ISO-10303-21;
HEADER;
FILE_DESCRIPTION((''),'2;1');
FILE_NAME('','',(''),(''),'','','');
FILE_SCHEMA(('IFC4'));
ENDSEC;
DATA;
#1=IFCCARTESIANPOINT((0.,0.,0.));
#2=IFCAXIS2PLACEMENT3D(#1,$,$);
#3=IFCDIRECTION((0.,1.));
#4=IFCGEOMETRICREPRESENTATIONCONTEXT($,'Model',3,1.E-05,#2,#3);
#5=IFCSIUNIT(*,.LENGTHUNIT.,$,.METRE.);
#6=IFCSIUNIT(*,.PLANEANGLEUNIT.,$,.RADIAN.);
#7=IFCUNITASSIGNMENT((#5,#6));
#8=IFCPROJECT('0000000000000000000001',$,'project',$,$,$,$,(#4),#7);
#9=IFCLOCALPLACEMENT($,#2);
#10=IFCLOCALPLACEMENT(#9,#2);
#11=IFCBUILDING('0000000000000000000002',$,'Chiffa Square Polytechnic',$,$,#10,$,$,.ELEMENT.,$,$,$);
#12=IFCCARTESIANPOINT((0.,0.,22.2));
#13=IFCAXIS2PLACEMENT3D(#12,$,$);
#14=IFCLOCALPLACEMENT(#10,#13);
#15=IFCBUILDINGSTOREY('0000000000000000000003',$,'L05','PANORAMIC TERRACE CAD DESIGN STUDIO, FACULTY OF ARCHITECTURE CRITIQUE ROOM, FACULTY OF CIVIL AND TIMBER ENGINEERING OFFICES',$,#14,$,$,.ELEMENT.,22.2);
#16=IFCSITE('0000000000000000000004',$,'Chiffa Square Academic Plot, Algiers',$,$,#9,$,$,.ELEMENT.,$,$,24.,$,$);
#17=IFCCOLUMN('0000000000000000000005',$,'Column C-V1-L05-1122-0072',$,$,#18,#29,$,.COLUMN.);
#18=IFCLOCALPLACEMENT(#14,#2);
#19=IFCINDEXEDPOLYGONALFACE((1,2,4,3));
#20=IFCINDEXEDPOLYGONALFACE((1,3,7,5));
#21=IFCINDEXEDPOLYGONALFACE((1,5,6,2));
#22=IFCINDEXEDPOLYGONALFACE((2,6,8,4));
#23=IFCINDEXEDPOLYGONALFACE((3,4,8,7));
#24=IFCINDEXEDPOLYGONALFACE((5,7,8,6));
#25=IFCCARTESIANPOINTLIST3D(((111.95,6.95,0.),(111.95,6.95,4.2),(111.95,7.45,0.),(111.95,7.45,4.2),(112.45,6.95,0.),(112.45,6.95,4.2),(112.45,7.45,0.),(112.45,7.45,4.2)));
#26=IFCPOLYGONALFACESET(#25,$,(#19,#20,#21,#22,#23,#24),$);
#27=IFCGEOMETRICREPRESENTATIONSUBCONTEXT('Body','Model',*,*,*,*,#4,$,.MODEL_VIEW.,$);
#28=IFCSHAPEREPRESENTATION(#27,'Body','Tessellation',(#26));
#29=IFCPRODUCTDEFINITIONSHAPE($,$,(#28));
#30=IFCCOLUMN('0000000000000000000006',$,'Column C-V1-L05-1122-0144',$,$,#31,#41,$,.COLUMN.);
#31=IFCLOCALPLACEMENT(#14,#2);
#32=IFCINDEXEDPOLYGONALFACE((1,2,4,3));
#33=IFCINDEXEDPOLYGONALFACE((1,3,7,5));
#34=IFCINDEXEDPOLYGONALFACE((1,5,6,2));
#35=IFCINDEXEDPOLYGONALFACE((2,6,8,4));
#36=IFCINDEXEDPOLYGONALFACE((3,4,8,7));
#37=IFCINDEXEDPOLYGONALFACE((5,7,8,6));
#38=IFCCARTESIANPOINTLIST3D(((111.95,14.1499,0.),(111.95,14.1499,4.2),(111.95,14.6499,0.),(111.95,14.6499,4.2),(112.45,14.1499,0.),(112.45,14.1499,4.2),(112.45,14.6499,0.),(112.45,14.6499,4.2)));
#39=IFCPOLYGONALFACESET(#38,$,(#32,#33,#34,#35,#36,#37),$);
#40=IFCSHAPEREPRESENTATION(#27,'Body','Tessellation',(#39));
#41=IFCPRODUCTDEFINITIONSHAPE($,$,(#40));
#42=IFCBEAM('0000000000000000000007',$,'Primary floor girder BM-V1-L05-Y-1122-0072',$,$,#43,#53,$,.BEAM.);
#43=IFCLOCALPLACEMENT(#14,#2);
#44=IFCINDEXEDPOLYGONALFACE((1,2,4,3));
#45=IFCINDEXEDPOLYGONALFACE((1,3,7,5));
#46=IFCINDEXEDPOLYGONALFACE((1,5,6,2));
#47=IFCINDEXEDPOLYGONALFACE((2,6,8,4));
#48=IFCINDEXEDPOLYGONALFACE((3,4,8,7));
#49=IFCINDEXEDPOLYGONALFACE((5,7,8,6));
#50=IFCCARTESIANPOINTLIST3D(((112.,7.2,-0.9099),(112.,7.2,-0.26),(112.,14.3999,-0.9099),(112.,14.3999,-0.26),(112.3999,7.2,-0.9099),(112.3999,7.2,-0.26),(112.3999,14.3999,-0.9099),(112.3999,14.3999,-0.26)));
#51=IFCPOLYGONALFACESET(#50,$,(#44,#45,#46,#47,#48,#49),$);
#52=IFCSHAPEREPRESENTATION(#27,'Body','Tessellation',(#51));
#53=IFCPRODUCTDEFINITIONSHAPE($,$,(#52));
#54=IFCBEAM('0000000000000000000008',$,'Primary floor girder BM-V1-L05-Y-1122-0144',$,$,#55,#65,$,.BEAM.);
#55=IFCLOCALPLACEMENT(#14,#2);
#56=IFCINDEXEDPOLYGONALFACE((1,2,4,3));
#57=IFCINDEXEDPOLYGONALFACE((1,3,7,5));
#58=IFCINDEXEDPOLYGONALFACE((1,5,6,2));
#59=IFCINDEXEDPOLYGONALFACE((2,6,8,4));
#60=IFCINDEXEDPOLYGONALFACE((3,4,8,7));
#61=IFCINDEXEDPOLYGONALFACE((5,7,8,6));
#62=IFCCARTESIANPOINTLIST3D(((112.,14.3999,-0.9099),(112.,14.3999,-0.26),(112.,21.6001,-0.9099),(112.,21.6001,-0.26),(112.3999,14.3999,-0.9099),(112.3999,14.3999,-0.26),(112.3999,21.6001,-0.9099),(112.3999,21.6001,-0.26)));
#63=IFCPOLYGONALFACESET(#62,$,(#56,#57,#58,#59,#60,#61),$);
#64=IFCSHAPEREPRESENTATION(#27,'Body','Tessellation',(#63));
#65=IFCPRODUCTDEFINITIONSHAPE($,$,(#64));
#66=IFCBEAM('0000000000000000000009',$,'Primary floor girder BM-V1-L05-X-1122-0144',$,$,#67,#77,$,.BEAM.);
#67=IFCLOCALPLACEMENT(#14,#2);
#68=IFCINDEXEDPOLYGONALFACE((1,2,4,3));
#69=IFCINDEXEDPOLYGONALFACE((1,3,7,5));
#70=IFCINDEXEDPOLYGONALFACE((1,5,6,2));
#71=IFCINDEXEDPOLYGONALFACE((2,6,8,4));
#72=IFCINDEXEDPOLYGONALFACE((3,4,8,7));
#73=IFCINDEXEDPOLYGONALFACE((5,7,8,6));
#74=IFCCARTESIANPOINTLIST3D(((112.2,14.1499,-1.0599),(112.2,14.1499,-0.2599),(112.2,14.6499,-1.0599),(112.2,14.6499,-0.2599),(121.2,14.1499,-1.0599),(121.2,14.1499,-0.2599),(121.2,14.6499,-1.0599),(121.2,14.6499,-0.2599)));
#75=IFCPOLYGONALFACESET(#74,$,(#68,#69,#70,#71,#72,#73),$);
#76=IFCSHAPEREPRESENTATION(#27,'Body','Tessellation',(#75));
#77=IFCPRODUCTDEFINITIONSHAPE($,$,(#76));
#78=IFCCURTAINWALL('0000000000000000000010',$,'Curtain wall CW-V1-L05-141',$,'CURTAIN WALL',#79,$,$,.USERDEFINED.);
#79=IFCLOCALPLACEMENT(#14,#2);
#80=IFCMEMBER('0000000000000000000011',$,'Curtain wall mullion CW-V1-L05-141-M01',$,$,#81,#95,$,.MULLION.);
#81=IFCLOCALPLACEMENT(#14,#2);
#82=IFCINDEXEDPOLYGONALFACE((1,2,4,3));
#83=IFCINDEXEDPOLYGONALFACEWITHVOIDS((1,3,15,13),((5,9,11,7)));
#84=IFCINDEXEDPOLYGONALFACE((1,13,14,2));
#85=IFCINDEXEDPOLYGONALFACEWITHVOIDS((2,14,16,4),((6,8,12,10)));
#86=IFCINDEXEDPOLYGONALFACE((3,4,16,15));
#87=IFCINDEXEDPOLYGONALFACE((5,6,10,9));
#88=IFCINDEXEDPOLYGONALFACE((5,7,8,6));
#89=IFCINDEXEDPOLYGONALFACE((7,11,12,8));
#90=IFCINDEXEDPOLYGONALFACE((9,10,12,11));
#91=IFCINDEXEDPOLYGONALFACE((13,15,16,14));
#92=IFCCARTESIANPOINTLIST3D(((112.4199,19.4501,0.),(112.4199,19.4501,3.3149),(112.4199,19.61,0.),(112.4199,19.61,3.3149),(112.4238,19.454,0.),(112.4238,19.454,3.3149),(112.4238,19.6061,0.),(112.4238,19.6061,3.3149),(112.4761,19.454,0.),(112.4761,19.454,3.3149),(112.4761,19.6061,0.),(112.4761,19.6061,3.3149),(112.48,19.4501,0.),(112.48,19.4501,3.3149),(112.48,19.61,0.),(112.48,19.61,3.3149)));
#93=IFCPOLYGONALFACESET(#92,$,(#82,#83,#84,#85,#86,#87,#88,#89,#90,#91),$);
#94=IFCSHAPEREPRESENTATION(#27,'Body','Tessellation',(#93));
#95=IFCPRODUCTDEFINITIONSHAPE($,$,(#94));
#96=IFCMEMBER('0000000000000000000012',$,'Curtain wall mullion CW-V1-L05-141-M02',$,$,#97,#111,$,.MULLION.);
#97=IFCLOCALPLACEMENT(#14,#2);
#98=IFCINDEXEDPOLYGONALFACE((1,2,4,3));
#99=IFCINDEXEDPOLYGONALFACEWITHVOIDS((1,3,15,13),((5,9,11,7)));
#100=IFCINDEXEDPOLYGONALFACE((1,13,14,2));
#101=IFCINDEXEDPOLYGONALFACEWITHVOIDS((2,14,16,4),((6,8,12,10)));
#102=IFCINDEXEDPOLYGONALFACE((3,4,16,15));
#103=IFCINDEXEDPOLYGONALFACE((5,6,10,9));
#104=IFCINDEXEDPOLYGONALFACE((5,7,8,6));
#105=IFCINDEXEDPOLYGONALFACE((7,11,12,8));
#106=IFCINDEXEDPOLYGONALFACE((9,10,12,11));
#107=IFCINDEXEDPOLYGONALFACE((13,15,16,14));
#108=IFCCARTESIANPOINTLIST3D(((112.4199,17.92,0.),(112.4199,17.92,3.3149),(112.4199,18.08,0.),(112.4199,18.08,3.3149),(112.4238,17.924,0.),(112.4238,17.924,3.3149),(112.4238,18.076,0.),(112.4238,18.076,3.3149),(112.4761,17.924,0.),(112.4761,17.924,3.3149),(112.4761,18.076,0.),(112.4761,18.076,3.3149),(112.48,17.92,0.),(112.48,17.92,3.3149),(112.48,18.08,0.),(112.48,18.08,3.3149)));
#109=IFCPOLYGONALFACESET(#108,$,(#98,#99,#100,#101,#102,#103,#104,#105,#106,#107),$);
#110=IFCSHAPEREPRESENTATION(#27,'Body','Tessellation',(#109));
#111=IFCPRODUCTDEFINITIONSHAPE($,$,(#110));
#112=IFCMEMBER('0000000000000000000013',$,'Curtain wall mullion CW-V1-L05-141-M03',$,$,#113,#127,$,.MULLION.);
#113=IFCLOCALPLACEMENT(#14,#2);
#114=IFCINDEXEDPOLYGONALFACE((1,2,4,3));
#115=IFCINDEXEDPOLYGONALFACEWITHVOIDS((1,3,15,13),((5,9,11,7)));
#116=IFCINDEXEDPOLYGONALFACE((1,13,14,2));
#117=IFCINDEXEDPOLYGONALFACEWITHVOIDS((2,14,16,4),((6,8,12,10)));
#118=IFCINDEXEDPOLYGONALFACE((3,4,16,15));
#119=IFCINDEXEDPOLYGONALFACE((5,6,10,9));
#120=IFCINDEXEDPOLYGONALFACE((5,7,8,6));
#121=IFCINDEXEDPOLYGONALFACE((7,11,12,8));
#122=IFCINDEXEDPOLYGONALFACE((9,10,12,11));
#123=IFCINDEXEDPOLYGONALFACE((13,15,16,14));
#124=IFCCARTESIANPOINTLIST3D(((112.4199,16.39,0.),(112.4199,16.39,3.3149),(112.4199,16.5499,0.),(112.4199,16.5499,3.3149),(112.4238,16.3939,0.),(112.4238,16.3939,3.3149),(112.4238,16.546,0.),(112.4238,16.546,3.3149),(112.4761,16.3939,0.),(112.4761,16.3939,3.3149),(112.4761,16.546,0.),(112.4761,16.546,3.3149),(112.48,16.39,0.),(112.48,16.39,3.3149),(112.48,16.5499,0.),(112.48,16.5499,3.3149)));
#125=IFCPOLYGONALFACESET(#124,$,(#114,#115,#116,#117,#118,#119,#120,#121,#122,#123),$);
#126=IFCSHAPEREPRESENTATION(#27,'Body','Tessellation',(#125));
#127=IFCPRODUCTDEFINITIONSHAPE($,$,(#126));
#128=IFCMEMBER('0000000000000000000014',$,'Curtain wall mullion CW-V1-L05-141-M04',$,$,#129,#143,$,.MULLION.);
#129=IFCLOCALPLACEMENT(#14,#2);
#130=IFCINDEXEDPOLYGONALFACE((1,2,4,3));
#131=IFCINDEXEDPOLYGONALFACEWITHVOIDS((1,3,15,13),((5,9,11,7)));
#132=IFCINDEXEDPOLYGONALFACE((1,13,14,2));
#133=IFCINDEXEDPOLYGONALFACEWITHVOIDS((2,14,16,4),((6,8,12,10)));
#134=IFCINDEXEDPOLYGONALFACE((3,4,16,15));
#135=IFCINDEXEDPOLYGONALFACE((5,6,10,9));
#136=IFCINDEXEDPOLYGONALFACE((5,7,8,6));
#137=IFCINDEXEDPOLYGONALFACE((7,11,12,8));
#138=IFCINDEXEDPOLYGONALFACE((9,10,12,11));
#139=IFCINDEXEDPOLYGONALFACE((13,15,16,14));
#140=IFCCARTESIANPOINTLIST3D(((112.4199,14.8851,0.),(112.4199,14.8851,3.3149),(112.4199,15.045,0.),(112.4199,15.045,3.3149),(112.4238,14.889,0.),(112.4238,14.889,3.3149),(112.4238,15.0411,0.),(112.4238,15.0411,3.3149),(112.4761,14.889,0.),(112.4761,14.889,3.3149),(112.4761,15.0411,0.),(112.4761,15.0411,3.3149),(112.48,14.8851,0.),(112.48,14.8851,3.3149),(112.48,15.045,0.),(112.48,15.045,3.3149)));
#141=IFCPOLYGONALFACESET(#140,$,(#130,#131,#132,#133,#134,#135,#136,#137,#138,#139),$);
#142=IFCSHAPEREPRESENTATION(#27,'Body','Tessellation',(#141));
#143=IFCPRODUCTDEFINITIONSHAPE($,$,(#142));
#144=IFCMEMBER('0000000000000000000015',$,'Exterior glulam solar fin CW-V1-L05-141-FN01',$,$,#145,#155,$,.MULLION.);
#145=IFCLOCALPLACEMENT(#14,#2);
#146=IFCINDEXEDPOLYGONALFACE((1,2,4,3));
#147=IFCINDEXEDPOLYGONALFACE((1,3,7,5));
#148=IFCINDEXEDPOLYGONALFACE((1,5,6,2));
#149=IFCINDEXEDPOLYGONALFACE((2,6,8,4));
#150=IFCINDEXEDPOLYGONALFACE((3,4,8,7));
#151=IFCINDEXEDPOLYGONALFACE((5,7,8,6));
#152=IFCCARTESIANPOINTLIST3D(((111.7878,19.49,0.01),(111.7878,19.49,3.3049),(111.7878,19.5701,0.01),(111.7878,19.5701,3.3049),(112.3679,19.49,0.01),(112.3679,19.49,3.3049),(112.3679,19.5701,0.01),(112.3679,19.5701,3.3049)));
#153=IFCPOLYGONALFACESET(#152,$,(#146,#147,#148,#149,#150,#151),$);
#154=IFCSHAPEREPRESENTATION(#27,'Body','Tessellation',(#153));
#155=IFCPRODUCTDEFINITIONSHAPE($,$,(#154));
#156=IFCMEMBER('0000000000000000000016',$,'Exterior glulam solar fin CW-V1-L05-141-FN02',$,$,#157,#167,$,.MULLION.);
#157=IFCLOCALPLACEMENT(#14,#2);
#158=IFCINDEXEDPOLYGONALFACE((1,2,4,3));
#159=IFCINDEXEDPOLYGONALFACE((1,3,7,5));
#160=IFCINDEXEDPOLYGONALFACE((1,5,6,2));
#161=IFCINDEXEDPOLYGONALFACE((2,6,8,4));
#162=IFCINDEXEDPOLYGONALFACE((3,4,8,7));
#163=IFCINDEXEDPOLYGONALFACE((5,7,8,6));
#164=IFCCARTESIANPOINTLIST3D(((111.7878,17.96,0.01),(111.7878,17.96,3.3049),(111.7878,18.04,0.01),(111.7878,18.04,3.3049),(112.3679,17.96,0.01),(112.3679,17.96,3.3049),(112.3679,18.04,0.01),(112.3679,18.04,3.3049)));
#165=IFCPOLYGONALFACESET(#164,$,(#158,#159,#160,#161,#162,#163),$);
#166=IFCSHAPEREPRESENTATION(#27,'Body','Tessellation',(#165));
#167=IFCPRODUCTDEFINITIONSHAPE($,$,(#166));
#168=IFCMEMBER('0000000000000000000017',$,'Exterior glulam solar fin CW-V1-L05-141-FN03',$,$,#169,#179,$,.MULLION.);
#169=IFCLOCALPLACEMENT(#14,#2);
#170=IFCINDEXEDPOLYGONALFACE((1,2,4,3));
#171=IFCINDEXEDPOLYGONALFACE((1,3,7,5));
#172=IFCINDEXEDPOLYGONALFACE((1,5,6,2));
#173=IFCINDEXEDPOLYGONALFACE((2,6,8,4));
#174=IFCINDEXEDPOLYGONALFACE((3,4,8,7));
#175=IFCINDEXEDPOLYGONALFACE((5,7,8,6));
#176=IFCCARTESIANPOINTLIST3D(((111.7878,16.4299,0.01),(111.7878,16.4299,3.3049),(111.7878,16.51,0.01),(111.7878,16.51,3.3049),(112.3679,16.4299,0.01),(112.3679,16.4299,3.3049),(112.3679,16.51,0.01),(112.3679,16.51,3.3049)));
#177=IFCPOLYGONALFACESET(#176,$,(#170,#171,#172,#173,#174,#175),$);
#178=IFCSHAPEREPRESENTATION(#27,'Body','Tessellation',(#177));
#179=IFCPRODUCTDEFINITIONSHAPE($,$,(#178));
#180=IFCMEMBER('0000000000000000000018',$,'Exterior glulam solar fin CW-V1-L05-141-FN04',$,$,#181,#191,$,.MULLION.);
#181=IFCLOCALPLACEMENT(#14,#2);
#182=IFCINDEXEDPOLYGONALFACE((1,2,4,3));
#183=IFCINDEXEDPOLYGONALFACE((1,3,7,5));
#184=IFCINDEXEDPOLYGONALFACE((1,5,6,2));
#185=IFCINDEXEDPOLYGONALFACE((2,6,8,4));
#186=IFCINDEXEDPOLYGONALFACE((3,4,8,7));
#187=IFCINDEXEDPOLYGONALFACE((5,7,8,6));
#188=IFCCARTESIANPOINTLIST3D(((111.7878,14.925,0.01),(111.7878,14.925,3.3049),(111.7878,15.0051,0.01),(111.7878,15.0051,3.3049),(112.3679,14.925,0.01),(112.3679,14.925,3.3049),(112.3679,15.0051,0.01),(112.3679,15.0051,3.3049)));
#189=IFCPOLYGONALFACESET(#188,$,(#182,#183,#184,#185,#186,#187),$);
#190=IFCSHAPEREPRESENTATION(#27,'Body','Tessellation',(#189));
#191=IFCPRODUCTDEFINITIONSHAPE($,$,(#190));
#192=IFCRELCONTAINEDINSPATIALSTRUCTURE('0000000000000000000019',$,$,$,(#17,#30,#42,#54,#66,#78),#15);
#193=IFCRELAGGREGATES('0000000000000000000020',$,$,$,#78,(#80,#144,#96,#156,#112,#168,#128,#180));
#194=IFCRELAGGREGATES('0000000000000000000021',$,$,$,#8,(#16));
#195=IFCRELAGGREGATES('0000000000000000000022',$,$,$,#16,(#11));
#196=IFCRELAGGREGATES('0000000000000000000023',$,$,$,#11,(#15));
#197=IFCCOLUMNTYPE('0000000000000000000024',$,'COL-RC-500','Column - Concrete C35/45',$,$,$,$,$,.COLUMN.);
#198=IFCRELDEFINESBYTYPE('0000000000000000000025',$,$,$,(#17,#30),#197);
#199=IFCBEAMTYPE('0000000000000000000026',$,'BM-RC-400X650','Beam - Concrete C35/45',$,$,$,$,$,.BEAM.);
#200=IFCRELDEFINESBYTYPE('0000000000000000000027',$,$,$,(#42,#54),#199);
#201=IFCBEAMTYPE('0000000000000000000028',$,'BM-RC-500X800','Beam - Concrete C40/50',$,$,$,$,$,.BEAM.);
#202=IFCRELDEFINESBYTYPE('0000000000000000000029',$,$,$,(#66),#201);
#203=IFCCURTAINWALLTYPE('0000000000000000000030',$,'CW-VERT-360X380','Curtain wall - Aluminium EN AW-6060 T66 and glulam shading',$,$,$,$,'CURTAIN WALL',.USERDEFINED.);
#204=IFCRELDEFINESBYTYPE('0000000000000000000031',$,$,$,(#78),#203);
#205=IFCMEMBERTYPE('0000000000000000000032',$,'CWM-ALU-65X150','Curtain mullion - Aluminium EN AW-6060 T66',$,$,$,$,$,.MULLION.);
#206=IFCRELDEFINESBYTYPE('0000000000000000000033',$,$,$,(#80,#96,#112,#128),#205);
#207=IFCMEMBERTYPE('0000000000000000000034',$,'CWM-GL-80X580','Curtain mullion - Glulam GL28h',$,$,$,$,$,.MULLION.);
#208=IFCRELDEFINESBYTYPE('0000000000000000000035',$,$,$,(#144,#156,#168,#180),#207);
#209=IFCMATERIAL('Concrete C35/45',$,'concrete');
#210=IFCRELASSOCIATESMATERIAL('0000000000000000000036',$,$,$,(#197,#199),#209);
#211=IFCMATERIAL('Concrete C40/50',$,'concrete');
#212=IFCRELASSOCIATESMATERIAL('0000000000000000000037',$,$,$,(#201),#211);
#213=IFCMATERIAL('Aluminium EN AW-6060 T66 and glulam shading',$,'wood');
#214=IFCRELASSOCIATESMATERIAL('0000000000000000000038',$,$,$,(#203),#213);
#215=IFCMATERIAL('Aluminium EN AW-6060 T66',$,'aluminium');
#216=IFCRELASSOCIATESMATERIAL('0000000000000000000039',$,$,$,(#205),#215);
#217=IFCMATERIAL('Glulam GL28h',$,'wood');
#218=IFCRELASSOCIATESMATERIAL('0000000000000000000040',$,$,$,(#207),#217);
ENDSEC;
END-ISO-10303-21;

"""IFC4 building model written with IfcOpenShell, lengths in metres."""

from ifc_helpers import new_model, si_unit, direction, frame, origin, origin_2d, place, context, subcontext, project, spatial, rectangle, hollow_rectangle, extrude, material, material_profile, profile_set, type_object, element, aggregate, save


model = new_model("IFC4")

# Units and contexts
model_context = context("Model", 3, precision=1e-05, world=origin(), true_north=direction((0.0, 1.0)))
body_context = subcontext(model_context, "Body", "Model", "MODEL_VIEW")
ifc_project = project(units=[si_unit("LENGTHUNIT", "METRE"), si_unit("PLANEANGLEUNIT", "RADIAN")], contexts=[model_context])

# Site, building, storey
site_placement = place(None, origin())
site = spatial("IfcSite", under=ifc_project, at=site_placement, Name="Chiffa Square Academic Plot, Algiers", CompositionType="ELEMENT", RefElevation=24.0)
building_placement = place(site_placement, origin())
building = spatial("IfcBuilding", under=site, at=building_placement, Name="Chiffa Square Polytechnic", CompositionType="ELEMENT")
storey_placement = place(building_placement, frame((0.0, 0.0, 22.2)))
storey = spatial("IfcBuildingStorey", under=building, at=storey_placement, Name="L05", Description="PANORAMIC TERRACE CAD DESIGN STUDIO, FACULTY OF ARCHITECTURE CRITIQUE ROOM, FACULTY OF CIVIL AND TIMBER ENGINEERING OFFICES", CompositionType="ELEMENT", Elevation=22.2)

# Columns
ifc_material_1 = material(Name="Concrete C35/45", Category="concrete")
ifc_material_profile_1 = material_profile(ifc_material_1, rectangle(XDim=0.5, YDim=0.5, at=origin_2d()), Name="RC 500x500")
ifc_profile_set_1 = profile_set([ifc_material_profile_1], Name="Concrete C35/45")
column_type = type_object("IfcColumnType", Name="COL-RC-500", Description="Column - Concrete C35/45", PredefinedType="COLUMN", material=ifc_profile_set_1)
for number, where, z_axis, x_axis, name in (
    (1, (112.2, 7.2, 0.0), (0.0, 0.0, 1.0), (1.0, 0.0, 0.0), "Column C-V1-L05-1122-0072"),
    (2, (112.2, 14.3999, 0.0), (0.0, 0.0, 1.0), (1.0, 0.0, 0.0), "Column C-V1-L05-1122-0144"),
):
    element("IfcColumn", number, at=place(storey_placement, frame(where, z_axis=z_axis, x_axis=x_axis)), inside=storey, type_object=column_type, Name=name, PredefinedType="COLUMN", context=body_context, shape_type="SweptSolid", body=[
        extrude(rectangle(XDim=0.5, YDim=0.5, at=origin_2d()), origin(), (0.0, 0.0, 1.0), 4.2),
    ])

# Beams
ifc_material_profile_2 = material_profile(ifc_material_1, rectangle(XDim=0.3999, YDim=0.6499, at=origin_2d()), Name="RC 400x650")
ifc_profile_set_2 = profile_set([ifc_material_profile_2], Name="Concrete C35/45")
beam_type_1 = type_object("IfcBeamType", Name="BM-RC-400X650", Description="Beam - Concrete C35/45", PredefinedType="BEAM", material=ifc_profile_set_2)
beam_1_placement = place(storey_placement, frame((112.2, 7.2, -0.585), z_axis=(0.0, 1.0, 0.0), x_axis=(-1.0, 0.0, 0.0)))
element("IfcBeam", 3, at=beam_1_placement, inside=storey, type_object=beam_type_1, Name="Primary floor girder BM-V1-L05-Y-1122-0072", PredefinedType="BEAM", context=body_context, shape_type="SweptSolid", body=[
    extrude(rectangle(XDim=0.3999, YDim=0.6499, at=origin_2d()), origin(), (0.0, 0.0, 1.0), 7.2),
])
beam_2_placement = place(storey_placement, frame((112.2, 14.3999, -0.585), z_axis=(0.0, 1.0, 0.0), x_axis=(-1.0, 0.0, 0.0)))
element("IfcBeam", 4, at=beam_2_placement, inside=storey, type_object=beam_type_1, Name="Primary floor girder BM-V1-L05-Y-1122-0144", PredefinedType="BEAM", context=body_context, shape_type="SweptSolid", body=[
    extrude(rectangle(XDim=0.3999, YDim=0.6499, at=origin_2d()), origin(), (0.0, 0.0, 1.0), 7.2002),
])
ifc_material_2 = material(Name="Concrete C40/50", Category="concrete")
ifc_material_profile_3 = material_profile(ifc_material_2, rectangle(XDim=0.5, YDim=0.8, at=origin_2d()), Name="RC 500x800")
ifc_profile_set_3 = profile_set([ifc_material_profile_3], Name="Concrete C40/50")
beam_type_2 = type_object("IfcBeamType", Name="BM-RC-500X800", Description="Beam - Concrete C40/50", PredefinedType="BEAM", material=ifc_profile_set_3)
beam_3_placement = place(storey_placement, frame((112.2, 14.3999, -0.6599), z_axis=(1.0, 0.0, 0.0), x_axis=(0.0, 1.0, 0.0)))
element("IfcBeam", 5, at=beam_3_placement, inside=storey, type_object=beam_type_2, Name="Primary floor girder BM-V1-L05-X-1122-0144", PredefinedType="BEAM", context=body_context, shape_type="SweptSolid", body=[
    extrude(rectangle(XDim=0.5, YDim=0.8, at=origin_2d()), origin(), (0.0, 0.0, 1.0), 9.0),
])

# Curtain wall, members
ifc_material_3 = material(Name="Aluminium EN AW-6060 T66 and glulam shading", Category="wood")
curtain_wall_type = type_object("IfcCurtainWallType", Name="CW-VERT-360X380", Description="Curtain wall - Aluminium EN AW-6060 T66 and glulam shading", ElementType="CURTAIN WALL", PredefinedType="USERDEFINED", material=ifc_material_3)
curtain_wall_placement = place(storey_placement, origin())
curtain_wall = element("IfcCurtainWall", 6, at=curtain_wall_placement, inside=storey, type_object=curtain_wall_type, Name="Curtain wall CW-V1-L05-141", ObjectType="CURTAIN WALL", PredefinedType="USERDEFINED")
ifc_material_4 = material(Name="Aluminium EN AW-6060 T66", Category="aluminium")
ifc_material_profile_4 = material_profile(ifc_material_4, hollow_rectangle(XDim=0.0601, YDim=0.1599, WallThickness=0.0039, at=origin_2d()), Name="ALU 60x160x4")
ifc_profile_set_4 = profile_set([ifc_material_profile_4], Name="Aluminium EN AW-6060 T66")
member_type_1 = type_object("IfcMemberType", Name="CWM-ALU-65X150", Description="Curtain mullion - Aluminium EN AW-6060 T66", PredefinedType="MULLION", material=ifc_profile_set_4)
member_1_placement = place(storey_placement, frame((112.45, 19.53, 0.0), z_axis=(0.0, 0.0, 1.0), x_axis=(1.0, 0.0, 0.0)))
member_1 = element("IfcMember", 7, at=member_1_placement, type_object=member_type_1, Name="Curtain wall mullion CW-V1-L05-141-M01", PredefinedType="MULLION", context=body_context, shape_type="SweptSolid", body=[
    extrude(hollow_rectangle(XDim=0.0601, YDim=0.1599, WallThickness=0.0039, at=origin_2d()), origin(), (0.0, 0.0, 1.0), 3.3149),
])
member_2_placement = place(storey_placement, frame((112.45, 18.0, 0.0), z_axis=(0.0, 0.0, 1.0), x_axis=(1.0, 0.0, 0.0)))
member_2 = element("IfcMember", 8, at=member_2_placement, type_object=member_type_1, Name="Curtain wall mullion CW-V1-L05-141-M02", PredefinedType="MULLION", context=body_context, shape_type="SweptSolid", body=[
    extrude(hollow_rectangle(XDim=0.0601, YDim=0.1599, WallThickness=0.0039, at=origin_2d()), origin(), (0.0, 0.0, 1.0), 3.3149),
])
member_3_placement = place(storey_placement, frame((112.45, 16.47, 0.0), z_axis=(0.0, 0.0, 1.0), x_axis=(1.0, 0.0, 0.0)))
member_3 = element("IfcMember", 9, at=member_3_placement, type_object=member_type_1, Name="Curtain wall mullion CW-V1-L05-141-M03", PredefinedType="MULLION", context=body_context, shape_type="SweptSolid", body=[
    extrude(hollow_rectangle(XDim=0.0601, YDim=0.1599, WallThickness=0.0039, at=origin_2d()), origin(), (0.0, 0.0, 1.0), 3.3149),
])
member_4_placement = place(storey_placement, frame((112.45, 14.9651, 0.0), z_axis=(0.0, 0.0, 1.0), x_axis=(1.0, 0.0, 0.0)))
member_4 = element("IfcMember", 10, at=member_4_placement, type_object=member_type_1, Name="Curtain wall mullion CW-V1-L05-141-M04", PredefinedType="MULLION", context=body_context, shape_type="SweptSolid", body=[
    extrude(hollow_rectangle(XDim=0.0601, YDim=0.1599, WallThickness=0.0039, at=origin_2d()), origin(), (0.0, 0.0, 1.0), 3.3149),
])
ifc_material_5 = material(Name="Glulam GL28h", Category="wood")
ifc_material_profile_5 = material_profile(ifc_material_5, rectangle(XDim=0.0801, YDim=0.5801, at=origin_2d()), Name="GL28h 80x580")
ifc_profile_set_5 = profile_set([ifc_material_profile_5], Name="Glulam GL28h")
member_type_2 = type_object("IfcMemberType", Name="CWM-GL-80X580", Description="Curtain mullion - Glulam GL28h", PredefinedType="MULLION", material=ifc_profile_set_5)
member_5_placement = place(storey_placement, frame((112.0779, 19.53, 0.01), z_axis=(0.0, 0.0, 1.0), x_axis=(0.0, -1.0, 0.0)))
member_5 = element("IfcMember", 11, at=member_5_placement, type_object=member_type_2, Name="Exterior glulam solar fin CW-V1-L05-141-FN01", PredefinedType="MULLION", context=body_context, shape_type="SweptSolid", body=[
    extrude(rectangle(XDim=0.0801, YDim=0.5801, at=origin_2d()), origin(), (0.0, 0.0, 1.0), 3.2949),
])
member_6_placement = place(storey_placement, frame((112.0779, 18.0, 0.01), z_axis=(0.0, 0.0, 1.0), x_axis=(0.0, -1.0, 0.0)))
member_6 = element("IfcMember", 12, at=member_6_placement, type_object=member_type_2, Name="Exterior glulam solar fin CW-V1-L05-141-FN02", PredefinedType="MULLION", context=body_context, shape_type="SweptSolid", body=[
    extrude(rectangle(XDim=0.0801, YDim=0.5801, at=origin_2d()), origin(), (0.0, 0.0, 1.0), 3.2949),
])
member_7_placement = place(storey_placement, frame((112.0779, 16.47, 0.01), z_axis=(0.0, 0.0, 1.0), x_axis=(0.0, -1.0, 0.0)))
member_7 = element("IfcMember", 13, at=member_7_placement, type_object=member_type_2, Name="Exterior glulam solar fin CW-V1-L05-141-FN03", PredefinedType="MULLION", context=body_context, shape_type="SweptSolid", body=[
    extrude(rectangle(XDim=0.0801, YDim=0.5801, at=origin_2d()), origin(), (0.0, 0.0, 1.0), 3.2949),
])
member_8_placement = place(storey_placement, frame((112.0779, 14.9651, 0.01), z_axis=(0.0, 0.0, 1.0), x_axis=(0.0, -1.0, 0.0)))
member_8 = element("IfcMember", 14, at=member_8_placement, type_object=member_type_2, Name="Exterior glulam solar fin CW-V1-L05-141-FN04", PredefinedType="MULLION", context=body_context, shape_type="SweptSolid", body=[
    extrude(rectangle(XDim=0.0801, YDim=0.5801, at=origin_2d()), origin(), (0.0, 0.0, 1.0), 3.2949),
])
aggregate(curtain_wall, [member_1, member_5, member_2, member_6, member_3, member_7, member_4, member_8])

save(model, "model.ifc")
